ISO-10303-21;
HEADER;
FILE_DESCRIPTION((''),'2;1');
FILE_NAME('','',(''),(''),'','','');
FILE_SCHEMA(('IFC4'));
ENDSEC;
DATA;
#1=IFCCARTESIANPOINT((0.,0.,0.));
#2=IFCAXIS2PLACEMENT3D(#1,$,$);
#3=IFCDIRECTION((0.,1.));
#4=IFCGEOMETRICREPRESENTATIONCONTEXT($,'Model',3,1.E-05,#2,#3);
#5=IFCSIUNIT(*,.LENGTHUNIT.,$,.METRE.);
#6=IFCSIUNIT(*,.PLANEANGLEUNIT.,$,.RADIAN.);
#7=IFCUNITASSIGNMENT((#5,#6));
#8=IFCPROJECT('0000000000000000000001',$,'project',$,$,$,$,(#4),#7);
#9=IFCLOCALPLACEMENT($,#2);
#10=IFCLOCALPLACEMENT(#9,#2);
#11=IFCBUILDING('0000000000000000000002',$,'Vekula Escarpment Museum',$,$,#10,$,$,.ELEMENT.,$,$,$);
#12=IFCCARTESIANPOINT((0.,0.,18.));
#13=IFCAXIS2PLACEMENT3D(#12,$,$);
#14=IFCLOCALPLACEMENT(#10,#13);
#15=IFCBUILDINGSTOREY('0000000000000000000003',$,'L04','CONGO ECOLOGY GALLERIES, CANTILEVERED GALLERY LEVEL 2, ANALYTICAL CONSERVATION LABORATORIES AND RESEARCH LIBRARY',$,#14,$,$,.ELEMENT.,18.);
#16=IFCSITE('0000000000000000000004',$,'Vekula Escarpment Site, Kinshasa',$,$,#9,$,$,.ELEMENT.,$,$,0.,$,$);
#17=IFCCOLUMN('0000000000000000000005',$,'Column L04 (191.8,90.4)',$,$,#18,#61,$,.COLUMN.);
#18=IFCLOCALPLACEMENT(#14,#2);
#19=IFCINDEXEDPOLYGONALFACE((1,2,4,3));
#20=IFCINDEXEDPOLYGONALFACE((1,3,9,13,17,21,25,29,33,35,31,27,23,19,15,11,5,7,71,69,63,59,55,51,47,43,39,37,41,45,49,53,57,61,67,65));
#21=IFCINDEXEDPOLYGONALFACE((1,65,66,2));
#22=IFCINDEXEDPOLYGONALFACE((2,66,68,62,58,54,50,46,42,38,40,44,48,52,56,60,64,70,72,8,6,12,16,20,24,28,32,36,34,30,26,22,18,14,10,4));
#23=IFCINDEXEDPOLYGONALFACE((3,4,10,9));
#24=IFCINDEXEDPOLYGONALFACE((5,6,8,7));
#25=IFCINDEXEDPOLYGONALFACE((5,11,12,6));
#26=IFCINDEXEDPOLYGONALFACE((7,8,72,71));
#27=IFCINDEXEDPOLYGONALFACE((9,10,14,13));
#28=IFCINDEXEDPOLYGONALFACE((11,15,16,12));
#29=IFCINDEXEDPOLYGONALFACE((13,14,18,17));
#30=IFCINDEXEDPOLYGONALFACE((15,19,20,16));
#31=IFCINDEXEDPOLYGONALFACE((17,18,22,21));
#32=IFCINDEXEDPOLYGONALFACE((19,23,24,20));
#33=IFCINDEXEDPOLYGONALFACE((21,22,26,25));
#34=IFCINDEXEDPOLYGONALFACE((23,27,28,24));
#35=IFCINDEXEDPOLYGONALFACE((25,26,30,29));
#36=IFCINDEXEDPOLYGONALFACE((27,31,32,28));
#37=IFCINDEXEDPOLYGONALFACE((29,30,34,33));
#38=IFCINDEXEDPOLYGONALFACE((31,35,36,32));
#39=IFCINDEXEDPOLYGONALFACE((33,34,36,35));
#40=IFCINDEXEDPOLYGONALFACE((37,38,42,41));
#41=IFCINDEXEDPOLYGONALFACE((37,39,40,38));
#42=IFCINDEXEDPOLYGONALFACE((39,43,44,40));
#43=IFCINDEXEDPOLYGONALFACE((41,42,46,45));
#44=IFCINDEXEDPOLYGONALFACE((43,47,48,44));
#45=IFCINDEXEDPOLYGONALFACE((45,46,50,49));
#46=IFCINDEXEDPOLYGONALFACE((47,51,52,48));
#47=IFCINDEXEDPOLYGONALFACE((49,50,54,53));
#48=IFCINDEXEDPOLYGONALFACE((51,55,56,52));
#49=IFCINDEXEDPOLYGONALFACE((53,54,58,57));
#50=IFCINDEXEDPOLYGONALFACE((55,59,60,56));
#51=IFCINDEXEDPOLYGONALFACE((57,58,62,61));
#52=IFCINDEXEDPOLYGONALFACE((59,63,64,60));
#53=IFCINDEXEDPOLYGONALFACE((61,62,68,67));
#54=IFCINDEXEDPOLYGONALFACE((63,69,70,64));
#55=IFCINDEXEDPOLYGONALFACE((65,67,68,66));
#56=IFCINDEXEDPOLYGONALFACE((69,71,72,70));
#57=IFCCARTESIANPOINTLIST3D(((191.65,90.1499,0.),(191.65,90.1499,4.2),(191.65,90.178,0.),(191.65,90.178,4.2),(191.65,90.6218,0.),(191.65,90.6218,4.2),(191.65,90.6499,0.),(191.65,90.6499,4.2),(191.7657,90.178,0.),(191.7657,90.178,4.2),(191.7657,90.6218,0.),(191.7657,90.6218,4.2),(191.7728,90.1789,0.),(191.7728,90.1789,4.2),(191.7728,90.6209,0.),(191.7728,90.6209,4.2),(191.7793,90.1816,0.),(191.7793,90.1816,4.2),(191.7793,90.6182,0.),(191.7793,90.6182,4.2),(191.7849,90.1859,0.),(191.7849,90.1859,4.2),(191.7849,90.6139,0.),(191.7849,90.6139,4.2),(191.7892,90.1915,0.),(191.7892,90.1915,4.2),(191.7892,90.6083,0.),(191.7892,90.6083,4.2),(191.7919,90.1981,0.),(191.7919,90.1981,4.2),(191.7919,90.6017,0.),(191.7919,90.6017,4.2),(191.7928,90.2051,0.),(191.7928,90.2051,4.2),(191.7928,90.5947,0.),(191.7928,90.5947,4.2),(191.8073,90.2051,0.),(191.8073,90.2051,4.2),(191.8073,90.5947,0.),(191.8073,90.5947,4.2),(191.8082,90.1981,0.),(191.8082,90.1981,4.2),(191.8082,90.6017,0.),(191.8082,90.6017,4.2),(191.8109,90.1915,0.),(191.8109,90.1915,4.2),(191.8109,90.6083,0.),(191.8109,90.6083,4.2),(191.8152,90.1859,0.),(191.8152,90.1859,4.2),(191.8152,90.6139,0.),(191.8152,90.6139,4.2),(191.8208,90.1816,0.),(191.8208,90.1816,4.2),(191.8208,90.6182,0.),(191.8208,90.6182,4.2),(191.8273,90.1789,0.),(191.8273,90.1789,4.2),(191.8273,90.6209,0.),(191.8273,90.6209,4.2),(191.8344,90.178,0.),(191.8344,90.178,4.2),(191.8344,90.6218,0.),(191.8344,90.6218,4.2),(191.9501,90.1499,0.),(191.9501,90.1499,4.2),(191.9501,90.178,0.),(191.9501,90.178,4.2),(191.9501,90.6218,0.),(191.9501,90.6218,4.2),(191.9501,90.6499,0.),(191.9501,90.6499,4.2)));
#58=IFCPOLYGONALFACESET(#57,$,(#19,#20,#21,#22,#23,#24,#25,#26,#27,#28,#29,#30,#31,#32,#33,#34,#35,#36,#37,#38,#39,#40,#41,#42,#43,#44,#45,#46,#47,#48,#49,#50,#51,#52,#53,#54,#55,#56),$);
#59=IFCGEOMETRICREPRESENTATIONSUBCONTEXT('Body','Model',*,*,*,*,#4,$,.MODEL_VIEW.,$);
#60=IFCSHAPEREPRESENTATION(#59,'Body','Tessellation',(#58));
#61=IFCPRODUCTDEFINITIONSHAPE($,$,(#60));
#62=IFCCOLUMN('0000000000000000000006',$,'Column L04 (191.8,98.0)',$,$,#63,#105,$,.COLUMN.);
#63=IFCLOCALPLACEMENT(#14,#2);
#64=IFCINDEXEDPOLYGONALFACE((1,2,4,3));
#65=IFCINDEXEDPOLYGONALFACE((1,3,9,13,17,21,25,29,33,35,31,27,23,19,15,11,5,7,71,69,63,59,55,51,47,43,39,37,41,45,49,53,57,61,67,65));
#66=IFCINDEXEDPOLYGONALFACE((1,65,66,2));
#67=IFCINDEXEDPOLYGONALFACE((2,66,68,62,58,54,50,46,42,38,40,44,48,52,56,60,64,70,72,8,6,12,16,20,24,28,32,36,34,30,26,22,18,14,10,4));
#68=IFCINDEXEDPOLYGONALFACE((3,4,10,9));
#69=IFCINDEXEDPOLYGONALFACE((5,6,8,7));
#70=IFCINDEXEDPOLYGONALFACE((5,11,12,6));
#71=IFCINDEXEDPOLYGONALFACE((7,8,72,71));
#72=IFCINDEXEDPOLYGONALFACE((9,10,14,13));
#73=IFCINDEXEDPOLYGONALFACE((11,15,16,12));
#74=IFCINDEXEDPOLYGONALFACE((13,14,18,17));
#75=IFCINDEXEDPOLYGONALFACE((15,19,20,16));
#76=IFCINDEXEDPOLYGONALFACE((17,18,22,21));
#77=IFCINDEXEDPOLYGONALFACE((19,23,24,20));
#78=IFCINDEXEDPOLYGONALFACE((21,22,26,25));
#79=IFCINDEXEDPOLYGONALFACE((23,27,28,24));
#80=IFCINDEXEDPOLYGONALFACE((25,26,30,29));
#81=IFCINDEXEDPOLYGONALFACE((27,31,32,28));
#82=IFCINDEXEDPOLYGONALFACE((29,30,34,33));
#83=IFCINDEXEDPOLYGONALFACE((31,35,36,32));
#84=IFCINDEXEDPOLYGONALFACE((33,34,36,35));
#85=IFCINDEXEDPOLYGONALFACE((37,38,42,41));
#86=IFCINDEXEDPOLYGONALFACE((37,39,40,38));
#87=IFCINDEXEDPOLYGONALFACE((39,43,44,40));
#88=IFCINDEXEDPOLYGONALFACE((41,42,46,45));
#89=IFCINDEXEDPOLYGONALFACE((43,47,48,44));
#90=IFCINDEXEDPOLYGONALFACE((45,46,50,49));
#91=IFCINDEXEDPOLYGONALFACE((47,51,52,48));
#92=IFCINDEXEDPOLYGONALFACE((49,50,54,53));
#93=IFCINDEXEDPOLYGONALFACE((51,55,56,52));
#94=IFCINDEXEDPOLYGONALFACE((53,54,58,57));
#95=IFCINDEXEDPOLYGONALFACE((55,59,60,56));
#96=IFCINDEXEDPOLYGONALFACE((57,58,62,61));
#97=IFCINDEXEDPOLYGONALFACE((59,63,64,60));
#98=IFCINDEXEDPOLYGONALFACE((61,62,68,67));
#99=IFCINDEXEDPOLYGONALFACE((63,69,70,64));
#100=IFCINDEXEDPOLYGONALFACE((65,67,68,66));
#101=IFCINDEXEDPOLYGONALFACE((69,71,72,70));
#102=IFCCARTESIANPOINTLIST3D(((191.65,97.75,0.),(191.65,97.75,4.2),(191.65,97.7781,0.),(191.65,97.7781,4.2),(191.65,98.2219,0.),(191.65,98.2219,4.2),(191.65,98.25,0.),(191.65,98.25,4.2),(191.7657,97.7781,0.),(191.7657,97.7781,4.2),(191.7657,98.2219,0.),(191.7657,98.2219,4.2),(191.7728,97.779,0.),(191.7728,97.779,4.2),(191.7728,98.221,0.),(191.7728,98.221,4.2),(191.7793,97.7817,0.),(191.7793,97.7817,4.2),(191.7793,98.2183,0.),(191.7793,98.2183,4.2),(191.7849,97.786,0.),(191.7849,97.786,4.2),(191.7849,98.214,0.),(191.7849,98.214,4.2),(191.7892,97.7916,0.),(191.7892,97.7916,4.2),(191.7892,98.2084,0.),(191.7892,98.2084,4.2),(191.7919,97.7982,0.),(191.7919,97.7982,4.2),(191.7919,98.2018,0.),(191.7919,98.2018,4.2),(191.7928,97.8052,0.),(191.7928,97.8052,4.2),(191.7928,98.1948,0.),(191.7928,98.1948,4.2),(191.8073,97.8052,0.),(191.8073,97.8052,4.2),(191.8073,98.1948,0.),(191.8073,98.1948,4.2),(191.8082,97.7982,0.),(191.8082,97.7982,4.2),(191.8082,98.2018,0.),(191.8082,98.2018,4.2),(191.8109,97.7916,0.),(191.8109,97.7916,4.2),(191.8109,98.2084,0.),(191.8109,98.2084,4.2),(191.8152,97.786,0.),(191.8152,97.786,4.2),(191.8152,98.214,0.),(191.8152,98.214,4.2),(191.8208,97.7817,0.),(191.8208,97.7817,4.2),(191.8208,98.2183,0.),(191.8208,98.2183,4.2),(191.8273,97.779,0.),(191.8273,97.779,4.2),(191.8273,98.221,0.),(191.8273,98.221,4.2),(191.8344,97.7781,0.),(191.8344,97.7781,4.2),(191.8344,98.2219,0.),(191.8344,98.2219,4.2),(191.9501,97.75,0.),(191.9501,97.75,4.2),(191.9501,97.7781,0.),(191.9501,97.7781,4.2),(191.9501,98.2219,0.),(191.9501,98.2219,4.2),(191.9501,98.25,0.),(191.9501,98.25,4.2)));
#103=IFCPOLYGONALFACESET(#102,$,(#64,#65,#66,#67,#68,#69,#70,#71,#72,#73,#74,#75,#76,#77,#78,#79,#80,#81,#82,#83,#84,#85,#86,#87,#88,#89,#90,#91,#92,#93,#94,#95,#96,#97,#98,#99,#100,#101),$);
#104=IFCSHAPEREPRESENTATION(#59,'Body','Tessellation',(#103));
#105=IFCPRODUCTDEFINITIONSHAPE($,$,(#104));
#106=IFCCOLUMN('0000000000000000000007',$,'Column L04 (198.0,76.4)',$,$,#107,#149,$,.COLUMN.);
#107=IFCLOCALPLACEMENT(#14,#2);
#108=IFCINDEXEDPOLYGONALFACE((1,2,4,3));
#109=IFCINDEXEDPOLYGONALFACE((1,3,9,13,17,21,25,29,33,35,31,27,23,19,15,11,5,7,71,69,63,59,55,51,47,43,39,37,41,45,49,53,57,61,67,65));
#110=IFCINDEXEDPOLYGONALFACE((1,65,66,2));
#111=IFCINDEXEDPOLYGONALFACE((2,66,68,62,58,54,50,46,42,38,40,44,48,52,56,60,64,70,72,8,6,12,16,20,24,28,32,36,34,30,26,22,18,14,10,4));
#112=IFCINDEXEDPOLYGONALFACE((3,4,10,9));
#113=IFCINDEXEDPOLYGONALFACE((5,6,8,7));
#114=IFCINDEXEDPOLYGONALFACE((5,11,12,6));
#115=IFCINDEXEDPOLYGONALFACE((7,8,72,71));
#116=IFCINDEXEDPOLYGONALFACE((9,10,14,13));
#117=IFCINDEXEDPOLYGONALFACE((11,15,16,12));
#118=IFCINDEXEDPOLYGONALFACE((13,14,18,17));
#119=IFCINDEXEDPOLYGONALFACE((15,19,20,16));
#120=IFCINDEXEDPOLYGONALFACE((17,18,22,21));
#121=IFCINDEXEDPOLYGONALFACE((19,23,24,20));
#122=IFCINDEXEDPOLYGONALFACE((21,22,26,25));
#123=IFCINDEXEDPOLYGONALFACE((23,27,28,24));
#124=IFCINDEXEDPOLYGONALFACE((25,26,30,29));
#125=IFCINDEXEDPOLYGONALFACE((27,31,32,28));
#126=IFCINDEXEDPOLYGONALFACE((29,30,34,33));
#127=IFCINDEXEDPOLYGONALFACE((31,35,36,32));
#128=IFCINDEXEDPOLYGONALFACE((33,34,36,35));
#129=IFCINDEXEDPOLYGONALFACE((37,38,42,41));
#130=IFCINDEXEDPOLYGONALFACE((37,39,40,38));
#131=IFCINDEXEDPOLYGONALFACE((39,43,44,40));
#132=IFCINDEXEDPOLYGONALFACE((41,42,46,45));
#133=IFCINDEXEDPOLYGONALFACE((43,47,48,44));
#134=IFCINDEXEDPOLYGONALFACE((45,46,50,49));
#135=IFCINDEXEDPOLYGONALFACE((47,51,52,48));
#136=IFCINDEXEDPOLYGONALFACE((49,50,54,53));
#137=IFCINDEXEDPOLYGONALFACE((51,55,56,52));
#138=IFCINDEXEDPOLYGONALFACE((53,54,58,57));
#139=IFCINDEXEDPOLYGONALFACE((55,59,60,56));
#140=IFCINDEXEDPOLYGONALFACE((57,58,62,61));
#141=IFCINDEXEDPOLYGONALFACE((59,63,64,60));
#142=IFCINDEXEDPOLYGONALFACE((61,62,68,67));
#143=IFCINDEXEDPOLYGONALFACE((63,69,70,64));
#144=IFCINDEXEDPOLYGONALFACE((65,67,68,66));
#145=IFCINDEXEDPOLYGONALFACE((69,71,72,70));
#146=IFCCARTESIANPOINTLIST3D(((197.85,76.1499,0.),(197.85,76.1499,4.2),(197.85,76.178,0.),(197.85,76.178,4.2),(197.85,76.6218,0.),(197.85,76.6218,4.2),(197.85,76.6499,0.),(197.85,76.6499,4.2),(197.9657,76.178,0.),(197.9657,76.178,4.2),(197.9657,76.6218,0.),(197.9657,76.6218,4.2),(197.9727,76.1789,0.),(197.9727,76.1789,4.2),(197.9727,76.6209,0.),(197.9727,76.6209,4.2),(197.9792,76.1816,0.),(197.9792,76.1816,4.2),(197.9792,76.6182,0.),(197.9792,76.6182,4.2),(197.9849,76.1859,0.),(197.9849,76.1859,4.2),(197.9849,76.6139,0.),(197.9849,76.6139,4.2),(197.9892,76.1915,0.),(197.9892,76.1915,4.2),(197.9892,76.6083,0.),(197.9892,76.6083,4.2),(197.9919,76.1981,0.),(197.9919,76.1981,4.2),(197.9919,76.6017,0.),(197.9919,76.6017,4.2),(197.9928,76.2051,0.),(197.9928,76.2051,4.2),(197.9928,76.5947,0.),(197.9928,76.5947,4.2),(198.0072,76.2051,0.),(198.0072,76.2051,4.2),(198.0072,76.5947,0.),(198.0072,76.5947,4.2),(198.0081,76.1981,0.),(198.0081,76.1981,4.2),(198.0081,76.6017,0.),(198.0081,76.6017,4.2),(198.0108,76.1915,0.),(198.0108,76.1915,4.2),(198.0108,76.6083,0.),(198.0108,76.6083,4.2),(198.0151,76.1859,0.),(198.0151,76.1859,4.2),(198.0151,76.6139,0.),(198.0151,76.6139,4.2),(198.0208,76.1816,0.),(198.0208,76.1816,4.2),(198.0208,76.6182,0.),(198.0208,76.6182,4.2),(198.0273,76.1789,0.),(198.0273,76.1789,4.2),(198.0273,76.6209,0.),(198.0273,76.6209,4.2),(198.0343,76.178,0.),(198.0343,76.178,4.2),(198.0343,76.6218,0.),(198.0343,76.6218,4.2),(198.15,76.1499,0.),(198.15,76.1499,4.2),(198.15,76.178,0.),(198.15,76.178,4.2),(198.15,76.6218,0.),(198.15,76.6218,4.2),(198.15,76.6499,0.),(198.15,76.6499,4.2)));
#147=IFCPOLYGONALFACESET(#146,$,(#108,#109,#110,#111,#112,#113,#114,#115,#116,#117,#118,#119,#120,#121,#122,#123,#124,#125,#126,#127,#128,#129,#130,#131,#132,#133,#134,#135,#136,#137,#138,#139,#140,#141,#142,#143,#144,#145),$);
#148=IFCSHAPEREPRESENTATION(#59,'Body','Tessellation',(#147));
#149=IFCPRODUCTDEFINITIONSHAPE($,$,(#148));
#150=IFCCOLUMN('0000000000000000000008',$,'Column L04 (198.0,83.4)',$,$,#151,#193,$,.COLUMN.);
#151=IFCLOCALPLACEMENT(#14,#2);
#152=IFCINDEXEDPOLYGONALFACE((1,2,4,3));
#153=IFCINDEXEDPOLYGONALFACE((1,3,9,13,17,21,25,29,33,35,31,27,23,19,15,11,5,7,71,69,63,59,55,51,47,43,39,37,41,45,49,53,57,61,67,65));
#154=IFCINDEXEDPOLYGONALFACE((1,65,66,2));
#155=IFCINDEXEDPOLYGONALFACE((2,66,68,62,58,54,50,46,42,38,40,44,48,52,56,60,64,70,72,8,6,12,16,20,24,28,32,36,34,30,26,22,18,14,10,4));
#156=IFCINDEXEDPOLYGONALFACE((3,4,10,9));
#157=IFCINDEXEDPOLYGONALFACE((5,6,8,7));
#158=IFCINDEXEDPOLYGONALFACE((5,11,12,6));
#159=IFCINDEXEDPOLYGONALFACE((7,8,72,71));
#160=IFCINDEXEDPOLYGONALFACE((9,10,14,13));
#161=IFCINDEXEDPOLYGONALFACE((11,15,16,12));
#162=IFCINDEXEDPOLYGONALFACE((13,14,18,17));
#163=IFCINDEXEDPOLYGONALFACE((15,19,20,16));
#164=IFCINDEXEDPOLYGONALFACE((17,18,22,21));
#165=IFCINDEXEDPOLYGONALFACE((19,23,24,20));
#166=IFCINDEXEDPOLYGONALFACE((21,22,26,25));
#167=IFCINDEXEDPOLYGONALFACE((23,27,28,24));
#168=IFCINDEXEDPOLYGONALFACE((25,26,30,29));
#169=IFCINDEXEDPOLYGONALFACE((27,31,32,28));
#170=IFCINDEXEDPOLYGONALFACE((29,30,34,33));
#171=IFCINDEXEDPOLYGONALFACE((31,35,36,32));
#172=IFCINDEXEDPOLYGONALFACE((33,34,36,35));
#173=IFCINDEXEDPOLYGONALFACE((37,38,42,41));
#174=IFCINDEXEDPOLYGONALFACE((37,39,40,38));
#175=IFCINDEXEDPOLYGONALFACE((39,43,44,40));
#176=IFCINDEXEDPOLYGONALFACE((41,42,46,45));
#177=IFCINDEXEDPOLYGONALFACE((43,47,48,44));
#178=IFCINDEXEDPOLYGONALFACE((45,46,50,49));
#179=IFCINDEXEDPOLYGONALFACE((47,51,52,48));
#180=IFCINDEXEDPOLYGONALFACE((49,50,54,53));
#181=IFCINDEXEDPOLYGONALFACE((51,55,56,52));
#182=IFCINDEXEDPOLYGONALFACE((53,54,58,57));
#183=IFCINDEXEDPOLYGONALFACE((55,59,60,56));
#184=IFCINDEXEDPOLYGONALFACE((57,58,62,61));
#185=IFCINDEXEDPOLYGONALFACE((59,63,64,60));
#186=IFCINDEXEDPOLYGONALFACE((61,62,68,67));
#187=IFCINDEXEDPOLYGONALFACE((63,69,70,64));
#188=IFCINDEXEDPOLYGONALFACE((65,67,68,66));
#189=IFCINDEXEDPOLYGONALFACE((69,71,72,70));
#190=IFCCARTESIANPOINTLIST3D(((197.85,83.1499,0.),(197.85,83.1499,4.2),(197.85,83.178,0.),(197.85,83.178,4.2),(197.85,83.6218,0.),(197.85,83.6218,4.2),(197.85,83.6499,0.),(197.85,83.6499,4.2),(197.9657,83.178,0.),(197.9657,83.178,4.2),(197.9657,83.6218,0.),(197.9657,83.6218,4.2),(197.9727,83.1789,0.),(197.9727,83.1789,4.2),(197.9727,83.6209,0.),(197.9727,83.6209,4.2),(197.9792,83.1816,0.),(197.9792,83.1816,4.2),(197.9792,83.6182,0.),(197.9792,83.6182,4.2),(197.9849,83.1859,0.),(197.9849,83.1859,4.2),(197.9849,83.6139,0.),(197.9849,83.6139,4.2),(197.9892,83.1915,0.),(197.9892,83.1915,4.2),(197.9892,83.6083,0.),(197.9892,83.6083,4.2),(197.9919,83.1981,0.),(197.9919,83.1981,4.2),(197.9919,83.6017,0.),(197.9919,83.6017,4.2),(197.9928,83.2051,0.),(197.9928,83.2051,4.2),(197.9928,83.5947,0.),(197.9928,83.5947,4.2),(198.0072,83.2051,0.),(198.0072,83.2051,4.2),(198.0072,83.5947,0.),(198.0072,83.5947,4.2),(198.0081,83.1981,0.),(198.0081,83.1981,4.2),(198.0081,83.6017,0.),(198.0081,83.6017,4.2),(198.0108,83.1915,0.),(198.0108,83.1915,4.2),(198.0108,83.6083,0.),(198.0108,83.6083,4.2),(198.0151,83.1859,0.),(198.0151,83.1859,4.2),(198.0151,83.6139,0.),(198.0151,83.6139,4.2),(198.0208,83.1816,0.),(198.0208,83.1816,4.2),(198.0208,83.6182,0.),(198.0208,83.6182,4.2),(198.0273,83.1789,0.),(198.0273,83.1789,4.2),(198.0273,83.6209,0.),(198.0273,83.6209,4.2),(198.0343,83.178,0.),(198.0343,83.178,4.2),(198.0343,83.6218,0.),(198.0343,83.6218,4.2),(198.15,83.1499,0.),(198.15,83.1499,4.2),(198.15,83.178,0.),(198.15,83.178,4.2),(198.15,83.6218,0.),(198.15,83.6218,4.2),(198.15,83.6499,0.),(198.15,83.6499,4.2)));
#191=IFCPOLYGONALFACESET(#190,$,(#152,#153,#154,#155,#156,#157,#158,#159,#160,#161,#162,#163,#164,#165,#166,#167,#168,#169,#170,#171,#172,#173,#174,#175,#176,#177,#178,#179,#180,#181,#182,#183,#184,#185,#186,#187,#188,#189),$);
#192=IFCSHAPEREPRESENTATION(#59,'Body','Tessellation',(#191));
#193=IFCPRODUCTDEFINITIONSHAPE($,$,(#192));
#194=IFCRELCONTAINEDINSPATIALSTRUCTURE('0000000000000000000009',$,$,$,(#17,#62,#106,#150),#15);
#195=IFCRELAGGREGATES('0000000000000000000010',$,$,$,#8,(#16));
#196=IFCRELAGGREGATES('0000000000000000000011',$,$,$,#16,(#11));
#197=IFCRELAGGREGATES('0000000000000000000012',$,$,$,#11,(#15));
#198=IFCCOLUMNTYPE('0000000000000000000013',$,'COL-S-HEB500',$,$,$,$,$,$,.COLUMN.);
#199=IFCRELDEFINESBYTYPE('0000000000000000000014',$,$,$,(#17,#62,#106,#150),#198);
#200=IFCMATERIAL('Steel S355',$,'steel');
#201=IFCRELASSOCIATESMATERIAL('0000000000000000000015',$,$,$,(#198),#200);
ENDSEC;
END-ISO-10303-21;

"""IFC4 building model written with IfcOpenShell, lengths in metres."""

from ifc_helpers import new_model, si_unit, direction, frame, origin, origin_2d, place, context, subcontext, project, spatial, i_section, extrude, material, material_profile, profile_set, type_object, element, save


model = new_model("IFC4")

# Units and contexts
model_context = context("Model", 3, precision=1e-05, world=origin(), true_north=direction((0.0, 1.0)))
body_context = subcontext(model_context, "Body", "Model", "MODEL_VIEW")
ifc_project = project(units=[si_unit("LENGTHUNIT", "METRE"), si_unit("PLANEANGLEUNIT", "RADIAN")], contexts=[model_context])

# Site, building, storey
site_placement = place(None, origin())
site = spatial("IfcSite", under=ifc_project, at=site_placement, Name="Vekula Escarpment Site, Kinshasa", CompositionType="ELEMENT", RefElevation=0.0)
building_placement = place(site_placement, origin())
building = spatial("IfcBuilding", under=site, at=building_placement, Name="Vekula Escarpment Museum", CompositionType="ELEMENT")
storey_placement = place(building_placement, frame((0.0, 0.0, 18.0)))
storey = spatial("IfcBuildingStorey", under=building, at=storey_placement, Name="L04", Description="CONGO ECOLOGY GALLERIES, CANTILEVERED GALLERY LEVEL 2, ANALYTICAL CONSERVATION LABORATORIES AND RESEARCH LIBRARY", CompositionType="ELEMENT", Elevation=18.0)

# Columns
ifc_material_1 = material(Name="Steel S355", Category="steel")
ifc_material_profile_1 = material_profile(ifc_material_1, i_section(OverallWidth=0.3, OverallDepth=0.5, WebThickness=0.0144, FlangeThickness=0.0281, FilletRadius=0.0271, at=origin_2d()), Name="HEB 500")
ifc_profile_set_1 = profile_set([ifc_material_profile_1], Name="Steel S355")
column_type = type_object("IfcColumnType", Name="COL-S-HEB500", PredefinedType="COLUMN", material=ifc_profile_set_1)
for number, where, z_axis, x_axis, name in (
    (1, (191.8, 90.3999, 0.0), (0.0, 0.0, 1.0), (1.0, 0.0, 0.0), "Column L04 (191.8,90.4)"),
    (2, (191.8, 98.0, 0.0), (0.0, 0.0, 1.0), (1.0, 0.0, 0.0), "Column L04 (191.8,98.0)"),
    (3, (198.0, 76.3999, 0.0), (0.0, 0.0, 1.0), (1.0, 0.0, 0.0), "Column L04 (198.0,76.4)"),
    (4, (198.0, 83.3999, 0.0), (0.0, 0.0, 1.0), (1.0, 0.0, 0.0), "Column L04 (198.0,83.4)"),
):
    element("IfcColumn", number, at=place(storey_placement, frame(where, z_axis=z_axis, x_axis=x_axis)), inside=storey, type_object=column_type, Name=name, PredefinedType="COLUMN", context=body_context, shape_type="SweptSolid", body=[
        extrude(i_section(OverallWidth=0.3, OverallDepth=0.5, WebThickness=0.0144, FlangeThickness=0.0281, FilletRadius=0.0271, at=origin_2d()), origin(), (0.0, 0.0, 1.0), 4.2),
    ])

save(model, "model.ifc")
